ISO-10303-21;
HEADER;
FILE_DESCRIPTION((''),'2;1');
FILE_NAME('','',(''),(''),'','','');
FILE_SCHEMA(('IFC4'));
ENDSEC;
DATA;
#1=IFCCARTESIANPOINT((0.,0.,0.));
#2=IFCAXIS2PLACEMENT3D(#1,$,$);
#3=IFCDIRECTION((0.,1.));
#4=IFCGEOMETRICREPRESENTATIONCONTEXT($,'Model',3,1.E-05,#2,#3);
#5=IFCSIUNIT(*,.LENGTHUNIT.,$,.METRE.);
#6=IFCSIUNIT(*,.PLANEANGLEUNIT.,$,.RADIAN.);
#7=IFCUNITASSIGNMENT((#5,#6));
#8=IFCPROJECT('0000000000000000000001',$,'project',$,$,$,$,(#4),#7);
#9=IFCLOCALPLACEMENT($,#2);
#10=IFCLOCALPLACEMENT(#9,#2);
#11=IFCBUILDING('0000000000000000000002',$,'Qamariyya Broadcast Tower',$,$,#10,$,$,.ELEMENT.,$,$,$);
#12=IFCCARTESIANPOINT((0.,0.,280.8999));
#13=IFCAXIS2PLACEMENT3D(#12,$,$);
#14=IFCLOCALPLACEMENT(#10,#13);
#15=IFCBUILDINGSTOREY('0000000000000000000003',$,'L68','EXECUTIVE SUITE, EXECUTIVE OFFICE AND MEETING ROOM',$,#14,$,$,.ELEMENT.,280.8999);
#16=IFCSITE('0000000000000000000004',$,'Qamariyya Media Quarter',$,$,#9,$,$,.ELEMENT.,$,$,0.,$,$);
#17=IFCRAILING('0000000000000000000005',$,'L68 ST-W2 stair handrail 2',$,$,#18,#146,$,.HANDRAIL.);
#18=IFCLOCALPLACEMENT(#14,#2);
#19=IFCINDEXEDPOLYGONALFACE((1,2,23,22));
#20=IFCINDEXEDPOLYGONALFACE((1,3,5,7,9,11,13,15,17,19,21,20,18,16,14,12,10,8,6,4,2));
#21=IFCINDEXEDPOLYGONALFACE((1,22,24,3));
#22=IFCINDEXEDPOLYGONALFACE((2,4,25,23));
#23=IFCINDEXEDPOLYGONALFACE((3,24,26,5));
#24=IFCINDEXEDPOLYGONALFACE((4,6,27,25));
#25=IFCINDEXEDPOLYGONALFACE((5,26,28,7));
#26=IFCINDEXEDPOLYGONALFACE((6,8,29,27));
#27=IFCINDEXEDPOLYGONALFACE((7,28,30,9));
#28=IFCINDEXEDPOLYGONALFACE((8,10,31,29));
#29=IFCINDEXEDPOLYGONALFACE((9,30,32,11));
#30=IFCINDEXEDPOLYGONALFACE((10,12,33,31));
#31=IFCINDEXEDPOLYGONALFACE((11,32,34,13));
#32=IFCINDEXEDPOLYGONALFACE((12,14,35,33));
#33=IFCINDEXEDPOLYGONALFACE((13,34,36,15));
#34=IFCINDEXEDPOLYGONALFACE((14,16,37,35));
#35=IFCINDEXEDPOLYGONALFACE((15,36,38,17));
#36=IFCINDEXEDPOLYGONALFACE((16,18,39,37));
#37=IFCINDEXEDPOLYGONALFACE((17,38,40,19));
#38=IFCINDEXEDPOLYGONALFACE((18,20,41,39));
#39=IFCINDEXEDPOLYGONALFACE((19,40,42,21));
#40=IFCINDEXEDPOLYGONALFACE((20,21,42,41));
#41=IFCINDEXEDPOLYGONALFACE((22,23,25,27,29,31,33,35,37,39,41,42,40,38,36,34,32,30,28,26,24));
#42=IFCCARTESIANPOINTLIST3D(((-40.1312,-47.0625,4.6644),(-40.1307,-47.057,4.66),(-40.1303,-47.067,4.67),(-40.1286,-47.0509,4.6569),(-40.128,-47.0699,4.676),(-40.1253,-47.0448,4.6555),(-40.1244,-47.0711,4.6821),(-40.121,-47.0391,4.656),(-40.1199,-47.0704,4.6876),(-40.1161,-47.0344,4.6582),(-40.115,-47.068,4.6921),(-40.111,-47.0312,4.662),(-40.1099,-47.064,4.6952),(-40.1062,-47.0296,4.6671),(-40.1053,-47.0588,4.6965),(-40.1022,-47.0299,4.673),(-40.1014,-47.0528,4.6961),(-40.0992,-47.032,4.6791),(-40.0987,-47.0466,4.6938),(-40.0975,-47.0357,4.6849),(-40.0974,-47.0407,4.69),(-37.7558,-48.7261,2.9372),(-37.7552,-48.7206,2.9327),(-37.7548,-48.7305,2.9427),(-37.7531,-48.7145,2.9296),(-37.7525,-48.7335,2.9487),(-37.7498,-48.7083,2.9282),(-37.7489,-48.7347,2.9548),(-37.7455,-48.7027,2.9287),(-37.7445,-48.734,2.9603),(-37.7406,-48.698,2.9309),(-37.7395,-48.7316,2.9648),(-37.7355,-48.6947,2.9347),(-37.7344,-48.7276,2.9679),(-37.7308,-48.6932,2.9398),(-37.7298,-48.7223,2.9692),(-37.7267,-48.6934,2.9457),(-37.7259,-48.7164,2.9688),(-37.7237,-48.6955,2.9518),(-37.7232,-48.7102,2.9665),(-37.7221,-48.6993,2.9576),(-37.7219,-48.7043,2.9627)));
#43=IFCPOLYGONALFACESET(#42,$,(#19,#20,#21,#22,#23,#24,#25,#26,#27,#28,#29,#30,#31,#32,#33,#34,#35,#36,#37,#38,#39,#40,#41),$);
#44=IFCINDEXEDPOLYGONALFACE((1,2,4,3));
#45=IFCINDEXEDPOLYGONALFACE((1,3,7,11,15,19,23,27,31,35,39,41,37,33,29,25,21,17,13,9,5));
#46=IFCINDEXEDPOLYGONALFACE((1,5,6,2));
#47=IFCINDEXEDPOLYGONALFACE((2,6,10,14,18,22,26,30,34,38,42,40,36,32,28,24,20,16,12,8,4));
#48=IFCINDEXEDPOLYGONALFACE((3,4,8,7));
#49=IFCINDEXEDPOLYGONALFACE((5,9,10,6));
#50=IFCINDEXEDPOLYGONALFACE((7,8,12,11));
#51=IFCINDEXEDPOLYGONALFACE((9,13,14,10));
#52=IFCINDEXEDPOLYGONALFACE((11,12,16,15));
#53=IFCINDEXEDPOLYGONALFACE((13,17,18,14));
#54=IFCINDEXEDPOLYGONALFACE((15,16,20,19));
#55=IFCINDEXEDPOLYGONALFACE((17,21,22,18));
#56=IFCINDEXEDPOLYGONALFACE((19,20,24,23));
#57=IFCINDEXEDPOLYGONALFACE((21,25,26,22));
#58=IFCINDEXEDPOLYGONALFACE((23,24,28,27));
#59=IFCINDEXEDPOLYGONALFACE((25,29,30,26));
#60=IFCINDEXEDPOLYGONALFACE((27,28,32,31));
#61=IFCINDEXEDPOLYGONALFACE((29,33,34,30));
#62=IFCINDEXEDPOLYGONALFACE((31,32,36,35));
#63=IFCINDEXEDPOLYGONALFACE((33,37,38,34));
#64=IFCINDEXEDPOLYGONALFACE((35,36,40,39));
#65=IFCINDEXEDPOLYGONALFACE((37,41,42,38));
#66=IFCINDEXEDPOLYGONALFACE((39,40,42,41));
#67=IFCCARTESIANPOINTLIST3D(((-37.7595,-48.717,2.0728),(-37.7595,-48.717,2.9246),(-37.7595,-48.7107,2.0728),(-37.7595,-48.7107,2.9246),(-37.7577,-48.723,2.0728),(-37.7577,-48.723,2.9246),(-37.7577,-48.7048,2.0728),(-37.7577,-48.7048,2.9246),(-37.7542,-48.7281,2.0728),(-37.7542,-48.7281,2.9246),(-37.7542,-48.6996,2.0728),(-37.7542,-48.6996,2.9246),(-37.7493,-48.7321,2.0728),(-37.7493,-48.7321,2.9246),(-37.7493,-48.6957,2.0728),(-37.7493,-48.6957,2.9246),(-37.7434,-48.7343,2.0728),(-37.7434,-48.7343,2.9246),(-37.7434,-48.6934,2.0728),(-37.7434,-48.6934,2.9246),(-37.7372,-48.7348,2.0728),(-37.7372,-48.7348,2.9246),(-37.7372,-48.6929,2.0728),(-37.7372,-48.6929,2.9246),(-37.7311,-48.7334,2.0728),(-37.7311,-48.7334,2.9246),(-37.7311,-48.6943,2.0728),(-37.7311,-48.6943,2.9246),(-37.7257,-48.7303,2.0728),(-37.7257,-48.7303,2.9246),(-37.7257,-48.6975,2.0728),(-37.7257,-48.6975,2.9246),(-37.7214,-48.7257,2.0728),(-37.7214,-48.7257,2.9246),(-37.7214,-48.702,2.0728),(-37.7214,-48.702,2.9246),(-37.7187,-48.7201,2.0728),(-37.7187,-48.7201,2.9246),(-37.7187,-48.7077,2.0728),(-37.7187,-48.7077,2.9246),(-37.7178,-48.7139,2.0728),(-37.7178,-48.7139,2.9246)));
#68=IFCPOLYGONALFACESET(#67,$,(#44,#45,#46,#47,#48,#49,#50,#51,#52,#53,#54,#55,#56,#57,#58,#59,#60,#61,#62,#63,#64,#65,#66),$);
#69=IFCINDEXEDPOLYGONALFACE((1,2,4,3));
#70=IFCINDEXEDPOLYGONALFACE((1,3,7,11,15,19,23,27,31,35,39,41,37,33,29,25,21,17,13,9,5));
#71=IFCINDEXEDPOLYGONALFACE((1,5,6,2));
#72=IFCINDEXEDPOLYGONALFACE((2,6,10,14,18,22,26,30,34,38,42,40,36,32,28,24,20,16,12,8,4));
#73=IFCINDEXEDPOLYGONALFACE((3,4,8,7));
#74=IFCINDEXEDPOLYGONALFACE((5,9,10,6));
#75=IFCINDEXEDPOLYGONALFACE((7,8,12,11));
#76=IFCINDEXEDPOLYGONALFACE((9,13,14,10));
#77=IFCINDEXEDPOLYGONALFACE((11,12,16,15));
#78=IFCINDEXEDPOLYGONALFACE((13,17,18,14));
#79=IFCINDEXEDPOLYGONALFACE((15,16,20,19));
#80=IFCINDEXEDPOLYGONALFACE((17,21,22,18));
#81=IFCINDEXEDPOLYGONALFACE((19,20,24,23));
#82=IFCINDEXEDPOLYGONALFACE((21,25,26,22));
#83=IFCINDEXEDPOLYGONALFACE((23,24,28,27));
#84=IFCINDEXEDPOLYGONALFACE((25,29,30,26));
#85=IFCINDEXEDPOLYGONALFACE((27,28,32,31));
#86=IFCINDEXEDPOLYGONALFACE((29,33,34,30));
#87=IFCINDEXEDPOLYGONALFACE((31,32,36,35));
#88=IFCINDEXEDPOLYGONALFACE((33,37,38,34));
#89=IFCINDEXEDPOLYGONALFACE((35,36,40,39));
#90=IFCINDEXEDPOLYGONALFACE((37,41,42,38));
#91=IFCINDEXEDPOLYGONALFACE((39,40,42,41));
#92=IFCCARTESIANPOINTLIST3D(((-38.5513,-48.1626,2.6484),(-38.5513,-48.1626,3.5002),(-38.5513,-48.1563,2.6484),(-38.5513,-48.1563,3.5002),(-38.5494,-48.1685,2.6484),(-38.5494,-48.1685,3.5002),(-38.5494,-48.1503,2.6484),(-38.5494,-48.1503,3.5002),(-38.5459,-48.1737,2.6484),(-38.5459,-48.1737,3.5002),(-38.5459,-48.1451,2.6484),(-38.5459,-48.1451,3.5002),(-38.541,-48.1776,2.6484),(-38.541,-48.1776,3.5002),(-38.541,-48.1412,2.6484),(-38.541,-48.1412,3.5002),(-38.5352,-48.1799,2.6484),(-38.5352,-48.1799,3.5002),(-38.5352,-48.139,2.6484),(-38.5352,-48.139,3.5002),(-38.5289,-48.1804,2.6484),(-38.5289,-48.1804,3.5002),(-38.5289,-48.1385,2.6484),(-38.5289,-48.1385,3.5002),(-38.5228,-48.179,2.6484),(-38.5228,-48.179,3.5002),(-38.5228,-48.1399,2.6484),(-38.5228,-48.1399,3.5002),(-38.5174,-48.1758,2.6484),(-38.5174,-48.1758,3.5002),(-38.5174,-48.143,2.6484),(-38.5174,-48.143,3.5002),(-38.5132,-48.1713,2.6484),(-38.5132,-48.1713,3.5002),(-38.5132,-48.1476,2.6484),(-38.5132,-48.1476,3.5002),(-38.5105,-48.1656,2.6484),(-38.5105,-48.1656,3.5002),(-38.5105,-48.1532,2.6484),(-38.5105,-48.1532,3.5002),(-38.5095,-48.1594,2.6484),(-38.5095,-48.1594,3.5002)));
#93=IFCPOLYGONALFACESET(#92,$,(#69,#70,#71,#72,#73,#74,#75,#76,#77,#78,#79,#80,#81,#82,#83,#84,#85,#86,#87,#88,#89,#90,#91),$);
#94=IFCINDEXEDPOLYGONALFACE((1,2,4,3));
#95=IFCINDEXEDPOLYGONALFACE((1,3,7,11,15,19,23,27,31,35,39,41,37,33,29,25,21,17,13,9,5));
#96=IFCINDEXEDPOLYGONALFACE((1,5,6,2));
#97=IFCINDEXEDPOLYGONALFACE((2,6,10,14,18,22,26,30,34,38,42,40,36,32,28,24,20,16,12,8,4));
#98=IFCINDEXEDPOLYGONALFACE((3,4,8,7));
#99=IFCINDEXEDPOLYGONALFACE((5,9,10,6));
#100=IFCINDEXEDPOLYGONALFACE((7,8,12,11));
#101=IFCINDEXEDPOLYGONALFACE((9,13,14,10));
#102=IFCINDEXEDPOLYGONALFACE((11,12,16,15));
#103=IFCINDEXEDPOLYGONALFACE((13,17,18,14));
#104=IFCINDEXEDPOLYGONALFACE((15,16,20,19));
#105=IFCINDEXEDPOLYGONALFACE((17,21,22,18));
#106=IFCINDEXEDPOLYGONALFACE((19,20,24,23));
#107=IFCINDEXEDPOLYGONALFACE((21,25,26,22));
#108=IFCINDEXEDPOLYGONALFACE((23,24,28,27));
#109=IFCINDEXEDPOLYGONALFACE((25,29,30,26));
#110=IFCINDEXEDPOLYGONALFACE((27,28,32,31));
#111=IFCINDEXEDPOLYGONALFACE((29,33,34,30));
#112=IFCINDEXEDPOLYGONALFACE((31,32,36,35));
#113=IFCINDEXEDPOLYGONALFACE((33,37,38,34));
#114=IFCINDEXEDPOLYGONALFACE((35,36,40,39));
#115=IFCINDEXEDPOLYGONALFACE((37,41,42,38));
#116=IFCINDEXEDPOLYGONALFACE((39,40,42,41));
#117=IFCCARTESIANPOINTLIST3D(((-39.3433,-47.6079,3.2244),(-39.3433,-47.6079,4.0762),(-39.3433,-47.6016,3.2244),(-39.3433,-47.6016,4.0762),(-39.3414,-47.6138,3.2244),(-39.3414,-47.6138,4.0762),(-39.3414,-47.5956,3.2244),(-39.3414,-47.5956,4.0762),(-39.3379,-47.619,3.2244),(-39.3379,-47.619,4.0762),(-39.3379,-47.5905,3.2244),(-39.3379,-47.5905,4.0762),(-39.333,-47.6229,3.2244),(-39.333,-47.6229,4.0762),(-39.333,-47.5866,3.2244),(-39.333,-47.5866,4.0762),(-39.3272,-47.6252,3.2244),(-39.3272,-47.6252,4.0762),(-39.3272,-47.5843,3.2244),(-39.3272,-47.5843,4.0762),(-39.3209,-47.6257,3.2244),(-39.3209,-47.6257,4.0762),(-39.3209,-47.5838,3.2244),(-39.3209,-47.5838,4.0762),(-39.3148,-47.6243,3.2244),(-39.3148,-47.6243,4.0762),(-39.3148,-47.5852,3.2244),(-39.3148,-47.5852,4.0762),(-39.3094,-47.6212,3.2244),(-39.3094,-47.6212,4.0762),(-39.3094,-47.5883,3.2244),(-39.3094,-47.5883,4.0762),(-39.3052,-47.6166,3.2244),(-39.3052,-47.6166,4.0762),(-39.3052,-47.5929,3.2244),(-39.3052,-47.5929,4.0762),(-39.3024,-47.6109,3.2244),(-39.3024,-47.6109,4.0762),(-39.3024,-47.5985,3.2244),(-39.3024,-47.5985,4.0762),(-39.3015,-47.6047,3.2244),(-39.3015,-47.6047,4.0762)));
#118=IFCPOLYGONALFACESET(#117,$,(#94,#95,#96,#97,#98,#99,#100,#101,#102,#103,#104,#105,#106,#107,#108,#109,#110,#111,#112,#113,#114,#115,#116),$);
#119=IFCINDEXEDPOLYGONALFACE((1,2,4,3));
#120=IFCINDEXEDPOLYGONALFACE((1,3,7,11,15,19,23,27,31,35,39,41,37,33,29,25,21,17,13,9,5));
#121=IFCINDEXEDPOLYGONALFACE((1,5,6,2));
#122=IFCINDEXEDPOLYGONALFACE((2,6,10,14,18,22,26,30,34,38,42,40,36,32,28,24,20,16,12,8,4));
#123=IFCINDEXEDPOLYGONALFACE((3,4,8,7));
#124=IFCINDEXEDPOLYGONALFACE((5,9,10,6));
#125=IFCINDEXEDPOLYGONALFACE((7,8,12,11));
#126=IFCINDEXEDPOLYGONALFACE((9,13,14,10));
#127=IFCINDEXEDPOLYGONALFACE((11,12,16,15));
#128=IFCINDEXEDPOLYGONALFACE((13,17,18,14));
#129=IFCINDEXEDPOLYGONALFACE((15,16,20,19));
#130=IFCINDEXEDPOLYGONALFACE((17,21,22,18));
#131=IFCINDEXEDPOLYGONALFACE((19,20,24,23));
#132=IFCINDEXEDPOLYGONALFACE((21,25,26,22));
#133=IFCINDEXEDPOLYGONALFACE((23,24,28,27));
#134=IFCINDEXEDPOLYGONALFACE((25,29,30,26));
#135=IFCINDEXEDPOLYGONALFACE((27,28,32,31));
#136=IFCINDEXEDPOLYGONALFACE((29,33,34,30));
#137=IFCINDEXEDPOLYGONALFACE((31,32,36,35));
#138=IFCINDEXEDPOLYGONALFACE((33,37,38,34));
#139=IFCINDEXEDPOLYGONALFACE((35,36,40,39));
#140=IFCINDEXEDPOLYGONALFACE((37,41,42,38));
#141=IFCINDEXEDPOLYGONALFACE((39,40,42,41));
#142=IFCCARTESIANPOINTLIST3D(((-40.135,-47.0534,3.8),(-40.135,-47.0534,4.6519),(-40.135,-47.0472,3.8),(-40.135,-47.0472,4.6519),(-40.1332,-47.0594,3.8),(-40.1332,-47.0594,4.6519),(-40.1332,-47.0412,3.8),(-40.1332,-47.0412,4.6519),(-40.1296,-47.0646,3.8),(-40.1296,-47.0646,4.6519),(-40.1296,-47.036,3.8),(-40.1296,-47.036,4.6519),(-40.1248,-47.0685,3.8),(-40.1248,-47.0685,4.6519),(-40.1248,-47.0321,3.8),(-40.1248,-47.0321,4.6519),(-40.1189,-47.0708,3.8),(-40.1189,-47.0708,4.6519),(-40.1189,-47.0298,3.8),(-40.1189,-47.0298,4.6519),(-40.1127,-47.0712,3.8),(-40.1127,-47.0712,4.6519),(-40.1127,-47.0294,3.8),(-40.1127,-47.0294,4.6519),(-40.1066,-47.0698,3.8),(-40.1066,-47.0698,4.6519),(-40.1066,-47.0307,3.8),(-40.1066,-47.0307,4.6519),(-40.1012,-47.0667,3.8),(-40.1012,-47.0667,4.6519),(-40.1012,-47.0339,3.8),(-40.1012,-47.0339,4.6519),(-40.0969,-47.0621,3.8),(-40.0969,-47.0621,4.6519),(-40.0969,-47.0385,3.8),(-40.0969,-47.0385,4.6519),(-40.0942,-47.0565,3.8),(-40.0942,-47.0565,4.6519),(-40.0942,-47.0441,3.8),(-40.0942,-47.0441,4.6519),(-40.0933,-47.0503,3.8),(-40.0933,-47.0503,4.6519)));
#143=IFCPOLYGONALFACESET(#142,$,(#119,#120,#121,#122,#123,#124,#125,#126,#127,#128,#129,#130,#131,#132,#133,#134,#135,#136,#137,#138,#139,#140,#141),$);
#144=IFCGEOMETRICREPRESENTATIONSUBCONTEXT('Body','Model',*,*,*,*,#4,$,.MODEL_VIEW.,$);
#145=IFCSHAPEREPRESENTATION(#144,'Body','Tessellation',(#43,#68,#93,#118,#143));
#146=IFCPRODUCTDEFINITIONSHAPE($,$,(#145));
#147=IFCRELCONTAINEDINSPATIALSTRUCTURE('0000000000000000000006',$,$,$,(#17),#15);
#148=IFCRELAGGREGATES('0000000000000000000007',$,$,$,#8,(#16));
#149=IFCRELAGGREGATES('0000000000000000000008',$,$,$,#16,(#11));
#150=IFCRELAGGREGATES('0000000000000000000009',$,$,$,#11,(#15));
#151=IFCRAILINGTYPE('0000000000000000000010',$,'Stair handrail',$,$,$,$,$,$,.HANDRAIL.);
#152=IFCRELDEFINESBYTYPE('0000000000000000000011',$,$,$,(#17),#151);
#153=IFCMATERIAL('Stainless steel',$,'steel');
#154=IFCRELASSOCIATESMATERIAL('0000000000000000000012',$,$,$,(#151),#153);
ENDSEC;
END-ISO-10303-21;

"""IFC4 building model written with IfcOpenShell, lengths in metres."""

from ifc_helpers import new_model, si_unit, direction, frame, origin, origin_2d, place, context, subcontext, project, spatial, circle, extrude, material, type_object, element, save


model = new_model("IFC4")

# Units and contexts
model_context = context("Model", 3, precision=1e-05, world=origin(), true_north=direction((0.0, 1.0)))
body_context = subcontext(model_context, "Body", "Model", "MODEL_VIEW")
ifc_project = project(units=[si_unit("LENGTHUNIT", "METRE"), si_unit("PLANEANGLEUNIT", "RADIAN")], contexts=[model_context])

# Site, building, storey
site_placement = place(None, origin())
site = spatial("IfcSite", under=ifc_project, at=site_placement, Name="Qamariyya Media Quarter", CompositionType="ELEMENT", RefElevation=0.0)
building_placement = place(site_placement, origin())
building = spatial("IfcBuilding", under=site, at=building_placement, Name="Qamariyya Broadcast Tower", CompositionType="ELEMENT")
storey_placement = place(building_placement, frame((0.0, 0.0, 280.8999)))
storey = spatial("IfcBuildingStorey", under=building, at=storey_placement, Name="L68", Description="EXECUTIVE SUITE, EXECUTIVE OFFICE AND MEETING ROOM", CompositionType="ELEMENT", Elevation=280.8999)

# Railing
ifc_material_1 = material(Name="Stainless steel", Category="steel")
railing_type_1 = type_object("IfcRailingType", Name="Stair handrail", PredefinedType="HANDRAIL", material=ifc_material_1)
railing_1_placement = place(storey_placement, frame((-37.7388, -48.7139, 2.0728)))
element("IfcRailing", 1, at=railing_1_placement, inside=storey, type_object=railing_type_1, Name="L68 ST-W2 stair handrail 2", PredefinedType="HANDRAIL", context=body_context, shape_type="SweptSolid", body=[
    extrude(circle(Radius=0.0239, at=origin_2d()), frame((0.0, 0.0, 0.876), z_axis=(-0.703745, 0.492838, 0.511716), x_axis=(-0.573632, -0.819113, 0.0)), (0.0, 0.0, 1.0), 3.3755),
    extrude(circle(Radius=0.021, at=origin_2d()), origin(), (0.0, 0.0, 1.0), 0.8518),
    extrude(circle(Radius=0.021, at=origin_2d()), frame((-0.7917, 0.5544, 0.5757)), (0.0, 0.0, 1.0), 0.8518),
    extrude(circle(Radius=0.021, at=origin_2d()), frame((-1.5837, 1.1091, 1.1516)), (0.0, 0.0, 1.0), 0.8518),
    extrude(circle(Radius=0.021, at=origin_2d()), frame((-2.3755, 1.6636, 1.7273)), (0.0, 0.0, 1.0), 0.8518),
])

save(model, "model.ifc")
